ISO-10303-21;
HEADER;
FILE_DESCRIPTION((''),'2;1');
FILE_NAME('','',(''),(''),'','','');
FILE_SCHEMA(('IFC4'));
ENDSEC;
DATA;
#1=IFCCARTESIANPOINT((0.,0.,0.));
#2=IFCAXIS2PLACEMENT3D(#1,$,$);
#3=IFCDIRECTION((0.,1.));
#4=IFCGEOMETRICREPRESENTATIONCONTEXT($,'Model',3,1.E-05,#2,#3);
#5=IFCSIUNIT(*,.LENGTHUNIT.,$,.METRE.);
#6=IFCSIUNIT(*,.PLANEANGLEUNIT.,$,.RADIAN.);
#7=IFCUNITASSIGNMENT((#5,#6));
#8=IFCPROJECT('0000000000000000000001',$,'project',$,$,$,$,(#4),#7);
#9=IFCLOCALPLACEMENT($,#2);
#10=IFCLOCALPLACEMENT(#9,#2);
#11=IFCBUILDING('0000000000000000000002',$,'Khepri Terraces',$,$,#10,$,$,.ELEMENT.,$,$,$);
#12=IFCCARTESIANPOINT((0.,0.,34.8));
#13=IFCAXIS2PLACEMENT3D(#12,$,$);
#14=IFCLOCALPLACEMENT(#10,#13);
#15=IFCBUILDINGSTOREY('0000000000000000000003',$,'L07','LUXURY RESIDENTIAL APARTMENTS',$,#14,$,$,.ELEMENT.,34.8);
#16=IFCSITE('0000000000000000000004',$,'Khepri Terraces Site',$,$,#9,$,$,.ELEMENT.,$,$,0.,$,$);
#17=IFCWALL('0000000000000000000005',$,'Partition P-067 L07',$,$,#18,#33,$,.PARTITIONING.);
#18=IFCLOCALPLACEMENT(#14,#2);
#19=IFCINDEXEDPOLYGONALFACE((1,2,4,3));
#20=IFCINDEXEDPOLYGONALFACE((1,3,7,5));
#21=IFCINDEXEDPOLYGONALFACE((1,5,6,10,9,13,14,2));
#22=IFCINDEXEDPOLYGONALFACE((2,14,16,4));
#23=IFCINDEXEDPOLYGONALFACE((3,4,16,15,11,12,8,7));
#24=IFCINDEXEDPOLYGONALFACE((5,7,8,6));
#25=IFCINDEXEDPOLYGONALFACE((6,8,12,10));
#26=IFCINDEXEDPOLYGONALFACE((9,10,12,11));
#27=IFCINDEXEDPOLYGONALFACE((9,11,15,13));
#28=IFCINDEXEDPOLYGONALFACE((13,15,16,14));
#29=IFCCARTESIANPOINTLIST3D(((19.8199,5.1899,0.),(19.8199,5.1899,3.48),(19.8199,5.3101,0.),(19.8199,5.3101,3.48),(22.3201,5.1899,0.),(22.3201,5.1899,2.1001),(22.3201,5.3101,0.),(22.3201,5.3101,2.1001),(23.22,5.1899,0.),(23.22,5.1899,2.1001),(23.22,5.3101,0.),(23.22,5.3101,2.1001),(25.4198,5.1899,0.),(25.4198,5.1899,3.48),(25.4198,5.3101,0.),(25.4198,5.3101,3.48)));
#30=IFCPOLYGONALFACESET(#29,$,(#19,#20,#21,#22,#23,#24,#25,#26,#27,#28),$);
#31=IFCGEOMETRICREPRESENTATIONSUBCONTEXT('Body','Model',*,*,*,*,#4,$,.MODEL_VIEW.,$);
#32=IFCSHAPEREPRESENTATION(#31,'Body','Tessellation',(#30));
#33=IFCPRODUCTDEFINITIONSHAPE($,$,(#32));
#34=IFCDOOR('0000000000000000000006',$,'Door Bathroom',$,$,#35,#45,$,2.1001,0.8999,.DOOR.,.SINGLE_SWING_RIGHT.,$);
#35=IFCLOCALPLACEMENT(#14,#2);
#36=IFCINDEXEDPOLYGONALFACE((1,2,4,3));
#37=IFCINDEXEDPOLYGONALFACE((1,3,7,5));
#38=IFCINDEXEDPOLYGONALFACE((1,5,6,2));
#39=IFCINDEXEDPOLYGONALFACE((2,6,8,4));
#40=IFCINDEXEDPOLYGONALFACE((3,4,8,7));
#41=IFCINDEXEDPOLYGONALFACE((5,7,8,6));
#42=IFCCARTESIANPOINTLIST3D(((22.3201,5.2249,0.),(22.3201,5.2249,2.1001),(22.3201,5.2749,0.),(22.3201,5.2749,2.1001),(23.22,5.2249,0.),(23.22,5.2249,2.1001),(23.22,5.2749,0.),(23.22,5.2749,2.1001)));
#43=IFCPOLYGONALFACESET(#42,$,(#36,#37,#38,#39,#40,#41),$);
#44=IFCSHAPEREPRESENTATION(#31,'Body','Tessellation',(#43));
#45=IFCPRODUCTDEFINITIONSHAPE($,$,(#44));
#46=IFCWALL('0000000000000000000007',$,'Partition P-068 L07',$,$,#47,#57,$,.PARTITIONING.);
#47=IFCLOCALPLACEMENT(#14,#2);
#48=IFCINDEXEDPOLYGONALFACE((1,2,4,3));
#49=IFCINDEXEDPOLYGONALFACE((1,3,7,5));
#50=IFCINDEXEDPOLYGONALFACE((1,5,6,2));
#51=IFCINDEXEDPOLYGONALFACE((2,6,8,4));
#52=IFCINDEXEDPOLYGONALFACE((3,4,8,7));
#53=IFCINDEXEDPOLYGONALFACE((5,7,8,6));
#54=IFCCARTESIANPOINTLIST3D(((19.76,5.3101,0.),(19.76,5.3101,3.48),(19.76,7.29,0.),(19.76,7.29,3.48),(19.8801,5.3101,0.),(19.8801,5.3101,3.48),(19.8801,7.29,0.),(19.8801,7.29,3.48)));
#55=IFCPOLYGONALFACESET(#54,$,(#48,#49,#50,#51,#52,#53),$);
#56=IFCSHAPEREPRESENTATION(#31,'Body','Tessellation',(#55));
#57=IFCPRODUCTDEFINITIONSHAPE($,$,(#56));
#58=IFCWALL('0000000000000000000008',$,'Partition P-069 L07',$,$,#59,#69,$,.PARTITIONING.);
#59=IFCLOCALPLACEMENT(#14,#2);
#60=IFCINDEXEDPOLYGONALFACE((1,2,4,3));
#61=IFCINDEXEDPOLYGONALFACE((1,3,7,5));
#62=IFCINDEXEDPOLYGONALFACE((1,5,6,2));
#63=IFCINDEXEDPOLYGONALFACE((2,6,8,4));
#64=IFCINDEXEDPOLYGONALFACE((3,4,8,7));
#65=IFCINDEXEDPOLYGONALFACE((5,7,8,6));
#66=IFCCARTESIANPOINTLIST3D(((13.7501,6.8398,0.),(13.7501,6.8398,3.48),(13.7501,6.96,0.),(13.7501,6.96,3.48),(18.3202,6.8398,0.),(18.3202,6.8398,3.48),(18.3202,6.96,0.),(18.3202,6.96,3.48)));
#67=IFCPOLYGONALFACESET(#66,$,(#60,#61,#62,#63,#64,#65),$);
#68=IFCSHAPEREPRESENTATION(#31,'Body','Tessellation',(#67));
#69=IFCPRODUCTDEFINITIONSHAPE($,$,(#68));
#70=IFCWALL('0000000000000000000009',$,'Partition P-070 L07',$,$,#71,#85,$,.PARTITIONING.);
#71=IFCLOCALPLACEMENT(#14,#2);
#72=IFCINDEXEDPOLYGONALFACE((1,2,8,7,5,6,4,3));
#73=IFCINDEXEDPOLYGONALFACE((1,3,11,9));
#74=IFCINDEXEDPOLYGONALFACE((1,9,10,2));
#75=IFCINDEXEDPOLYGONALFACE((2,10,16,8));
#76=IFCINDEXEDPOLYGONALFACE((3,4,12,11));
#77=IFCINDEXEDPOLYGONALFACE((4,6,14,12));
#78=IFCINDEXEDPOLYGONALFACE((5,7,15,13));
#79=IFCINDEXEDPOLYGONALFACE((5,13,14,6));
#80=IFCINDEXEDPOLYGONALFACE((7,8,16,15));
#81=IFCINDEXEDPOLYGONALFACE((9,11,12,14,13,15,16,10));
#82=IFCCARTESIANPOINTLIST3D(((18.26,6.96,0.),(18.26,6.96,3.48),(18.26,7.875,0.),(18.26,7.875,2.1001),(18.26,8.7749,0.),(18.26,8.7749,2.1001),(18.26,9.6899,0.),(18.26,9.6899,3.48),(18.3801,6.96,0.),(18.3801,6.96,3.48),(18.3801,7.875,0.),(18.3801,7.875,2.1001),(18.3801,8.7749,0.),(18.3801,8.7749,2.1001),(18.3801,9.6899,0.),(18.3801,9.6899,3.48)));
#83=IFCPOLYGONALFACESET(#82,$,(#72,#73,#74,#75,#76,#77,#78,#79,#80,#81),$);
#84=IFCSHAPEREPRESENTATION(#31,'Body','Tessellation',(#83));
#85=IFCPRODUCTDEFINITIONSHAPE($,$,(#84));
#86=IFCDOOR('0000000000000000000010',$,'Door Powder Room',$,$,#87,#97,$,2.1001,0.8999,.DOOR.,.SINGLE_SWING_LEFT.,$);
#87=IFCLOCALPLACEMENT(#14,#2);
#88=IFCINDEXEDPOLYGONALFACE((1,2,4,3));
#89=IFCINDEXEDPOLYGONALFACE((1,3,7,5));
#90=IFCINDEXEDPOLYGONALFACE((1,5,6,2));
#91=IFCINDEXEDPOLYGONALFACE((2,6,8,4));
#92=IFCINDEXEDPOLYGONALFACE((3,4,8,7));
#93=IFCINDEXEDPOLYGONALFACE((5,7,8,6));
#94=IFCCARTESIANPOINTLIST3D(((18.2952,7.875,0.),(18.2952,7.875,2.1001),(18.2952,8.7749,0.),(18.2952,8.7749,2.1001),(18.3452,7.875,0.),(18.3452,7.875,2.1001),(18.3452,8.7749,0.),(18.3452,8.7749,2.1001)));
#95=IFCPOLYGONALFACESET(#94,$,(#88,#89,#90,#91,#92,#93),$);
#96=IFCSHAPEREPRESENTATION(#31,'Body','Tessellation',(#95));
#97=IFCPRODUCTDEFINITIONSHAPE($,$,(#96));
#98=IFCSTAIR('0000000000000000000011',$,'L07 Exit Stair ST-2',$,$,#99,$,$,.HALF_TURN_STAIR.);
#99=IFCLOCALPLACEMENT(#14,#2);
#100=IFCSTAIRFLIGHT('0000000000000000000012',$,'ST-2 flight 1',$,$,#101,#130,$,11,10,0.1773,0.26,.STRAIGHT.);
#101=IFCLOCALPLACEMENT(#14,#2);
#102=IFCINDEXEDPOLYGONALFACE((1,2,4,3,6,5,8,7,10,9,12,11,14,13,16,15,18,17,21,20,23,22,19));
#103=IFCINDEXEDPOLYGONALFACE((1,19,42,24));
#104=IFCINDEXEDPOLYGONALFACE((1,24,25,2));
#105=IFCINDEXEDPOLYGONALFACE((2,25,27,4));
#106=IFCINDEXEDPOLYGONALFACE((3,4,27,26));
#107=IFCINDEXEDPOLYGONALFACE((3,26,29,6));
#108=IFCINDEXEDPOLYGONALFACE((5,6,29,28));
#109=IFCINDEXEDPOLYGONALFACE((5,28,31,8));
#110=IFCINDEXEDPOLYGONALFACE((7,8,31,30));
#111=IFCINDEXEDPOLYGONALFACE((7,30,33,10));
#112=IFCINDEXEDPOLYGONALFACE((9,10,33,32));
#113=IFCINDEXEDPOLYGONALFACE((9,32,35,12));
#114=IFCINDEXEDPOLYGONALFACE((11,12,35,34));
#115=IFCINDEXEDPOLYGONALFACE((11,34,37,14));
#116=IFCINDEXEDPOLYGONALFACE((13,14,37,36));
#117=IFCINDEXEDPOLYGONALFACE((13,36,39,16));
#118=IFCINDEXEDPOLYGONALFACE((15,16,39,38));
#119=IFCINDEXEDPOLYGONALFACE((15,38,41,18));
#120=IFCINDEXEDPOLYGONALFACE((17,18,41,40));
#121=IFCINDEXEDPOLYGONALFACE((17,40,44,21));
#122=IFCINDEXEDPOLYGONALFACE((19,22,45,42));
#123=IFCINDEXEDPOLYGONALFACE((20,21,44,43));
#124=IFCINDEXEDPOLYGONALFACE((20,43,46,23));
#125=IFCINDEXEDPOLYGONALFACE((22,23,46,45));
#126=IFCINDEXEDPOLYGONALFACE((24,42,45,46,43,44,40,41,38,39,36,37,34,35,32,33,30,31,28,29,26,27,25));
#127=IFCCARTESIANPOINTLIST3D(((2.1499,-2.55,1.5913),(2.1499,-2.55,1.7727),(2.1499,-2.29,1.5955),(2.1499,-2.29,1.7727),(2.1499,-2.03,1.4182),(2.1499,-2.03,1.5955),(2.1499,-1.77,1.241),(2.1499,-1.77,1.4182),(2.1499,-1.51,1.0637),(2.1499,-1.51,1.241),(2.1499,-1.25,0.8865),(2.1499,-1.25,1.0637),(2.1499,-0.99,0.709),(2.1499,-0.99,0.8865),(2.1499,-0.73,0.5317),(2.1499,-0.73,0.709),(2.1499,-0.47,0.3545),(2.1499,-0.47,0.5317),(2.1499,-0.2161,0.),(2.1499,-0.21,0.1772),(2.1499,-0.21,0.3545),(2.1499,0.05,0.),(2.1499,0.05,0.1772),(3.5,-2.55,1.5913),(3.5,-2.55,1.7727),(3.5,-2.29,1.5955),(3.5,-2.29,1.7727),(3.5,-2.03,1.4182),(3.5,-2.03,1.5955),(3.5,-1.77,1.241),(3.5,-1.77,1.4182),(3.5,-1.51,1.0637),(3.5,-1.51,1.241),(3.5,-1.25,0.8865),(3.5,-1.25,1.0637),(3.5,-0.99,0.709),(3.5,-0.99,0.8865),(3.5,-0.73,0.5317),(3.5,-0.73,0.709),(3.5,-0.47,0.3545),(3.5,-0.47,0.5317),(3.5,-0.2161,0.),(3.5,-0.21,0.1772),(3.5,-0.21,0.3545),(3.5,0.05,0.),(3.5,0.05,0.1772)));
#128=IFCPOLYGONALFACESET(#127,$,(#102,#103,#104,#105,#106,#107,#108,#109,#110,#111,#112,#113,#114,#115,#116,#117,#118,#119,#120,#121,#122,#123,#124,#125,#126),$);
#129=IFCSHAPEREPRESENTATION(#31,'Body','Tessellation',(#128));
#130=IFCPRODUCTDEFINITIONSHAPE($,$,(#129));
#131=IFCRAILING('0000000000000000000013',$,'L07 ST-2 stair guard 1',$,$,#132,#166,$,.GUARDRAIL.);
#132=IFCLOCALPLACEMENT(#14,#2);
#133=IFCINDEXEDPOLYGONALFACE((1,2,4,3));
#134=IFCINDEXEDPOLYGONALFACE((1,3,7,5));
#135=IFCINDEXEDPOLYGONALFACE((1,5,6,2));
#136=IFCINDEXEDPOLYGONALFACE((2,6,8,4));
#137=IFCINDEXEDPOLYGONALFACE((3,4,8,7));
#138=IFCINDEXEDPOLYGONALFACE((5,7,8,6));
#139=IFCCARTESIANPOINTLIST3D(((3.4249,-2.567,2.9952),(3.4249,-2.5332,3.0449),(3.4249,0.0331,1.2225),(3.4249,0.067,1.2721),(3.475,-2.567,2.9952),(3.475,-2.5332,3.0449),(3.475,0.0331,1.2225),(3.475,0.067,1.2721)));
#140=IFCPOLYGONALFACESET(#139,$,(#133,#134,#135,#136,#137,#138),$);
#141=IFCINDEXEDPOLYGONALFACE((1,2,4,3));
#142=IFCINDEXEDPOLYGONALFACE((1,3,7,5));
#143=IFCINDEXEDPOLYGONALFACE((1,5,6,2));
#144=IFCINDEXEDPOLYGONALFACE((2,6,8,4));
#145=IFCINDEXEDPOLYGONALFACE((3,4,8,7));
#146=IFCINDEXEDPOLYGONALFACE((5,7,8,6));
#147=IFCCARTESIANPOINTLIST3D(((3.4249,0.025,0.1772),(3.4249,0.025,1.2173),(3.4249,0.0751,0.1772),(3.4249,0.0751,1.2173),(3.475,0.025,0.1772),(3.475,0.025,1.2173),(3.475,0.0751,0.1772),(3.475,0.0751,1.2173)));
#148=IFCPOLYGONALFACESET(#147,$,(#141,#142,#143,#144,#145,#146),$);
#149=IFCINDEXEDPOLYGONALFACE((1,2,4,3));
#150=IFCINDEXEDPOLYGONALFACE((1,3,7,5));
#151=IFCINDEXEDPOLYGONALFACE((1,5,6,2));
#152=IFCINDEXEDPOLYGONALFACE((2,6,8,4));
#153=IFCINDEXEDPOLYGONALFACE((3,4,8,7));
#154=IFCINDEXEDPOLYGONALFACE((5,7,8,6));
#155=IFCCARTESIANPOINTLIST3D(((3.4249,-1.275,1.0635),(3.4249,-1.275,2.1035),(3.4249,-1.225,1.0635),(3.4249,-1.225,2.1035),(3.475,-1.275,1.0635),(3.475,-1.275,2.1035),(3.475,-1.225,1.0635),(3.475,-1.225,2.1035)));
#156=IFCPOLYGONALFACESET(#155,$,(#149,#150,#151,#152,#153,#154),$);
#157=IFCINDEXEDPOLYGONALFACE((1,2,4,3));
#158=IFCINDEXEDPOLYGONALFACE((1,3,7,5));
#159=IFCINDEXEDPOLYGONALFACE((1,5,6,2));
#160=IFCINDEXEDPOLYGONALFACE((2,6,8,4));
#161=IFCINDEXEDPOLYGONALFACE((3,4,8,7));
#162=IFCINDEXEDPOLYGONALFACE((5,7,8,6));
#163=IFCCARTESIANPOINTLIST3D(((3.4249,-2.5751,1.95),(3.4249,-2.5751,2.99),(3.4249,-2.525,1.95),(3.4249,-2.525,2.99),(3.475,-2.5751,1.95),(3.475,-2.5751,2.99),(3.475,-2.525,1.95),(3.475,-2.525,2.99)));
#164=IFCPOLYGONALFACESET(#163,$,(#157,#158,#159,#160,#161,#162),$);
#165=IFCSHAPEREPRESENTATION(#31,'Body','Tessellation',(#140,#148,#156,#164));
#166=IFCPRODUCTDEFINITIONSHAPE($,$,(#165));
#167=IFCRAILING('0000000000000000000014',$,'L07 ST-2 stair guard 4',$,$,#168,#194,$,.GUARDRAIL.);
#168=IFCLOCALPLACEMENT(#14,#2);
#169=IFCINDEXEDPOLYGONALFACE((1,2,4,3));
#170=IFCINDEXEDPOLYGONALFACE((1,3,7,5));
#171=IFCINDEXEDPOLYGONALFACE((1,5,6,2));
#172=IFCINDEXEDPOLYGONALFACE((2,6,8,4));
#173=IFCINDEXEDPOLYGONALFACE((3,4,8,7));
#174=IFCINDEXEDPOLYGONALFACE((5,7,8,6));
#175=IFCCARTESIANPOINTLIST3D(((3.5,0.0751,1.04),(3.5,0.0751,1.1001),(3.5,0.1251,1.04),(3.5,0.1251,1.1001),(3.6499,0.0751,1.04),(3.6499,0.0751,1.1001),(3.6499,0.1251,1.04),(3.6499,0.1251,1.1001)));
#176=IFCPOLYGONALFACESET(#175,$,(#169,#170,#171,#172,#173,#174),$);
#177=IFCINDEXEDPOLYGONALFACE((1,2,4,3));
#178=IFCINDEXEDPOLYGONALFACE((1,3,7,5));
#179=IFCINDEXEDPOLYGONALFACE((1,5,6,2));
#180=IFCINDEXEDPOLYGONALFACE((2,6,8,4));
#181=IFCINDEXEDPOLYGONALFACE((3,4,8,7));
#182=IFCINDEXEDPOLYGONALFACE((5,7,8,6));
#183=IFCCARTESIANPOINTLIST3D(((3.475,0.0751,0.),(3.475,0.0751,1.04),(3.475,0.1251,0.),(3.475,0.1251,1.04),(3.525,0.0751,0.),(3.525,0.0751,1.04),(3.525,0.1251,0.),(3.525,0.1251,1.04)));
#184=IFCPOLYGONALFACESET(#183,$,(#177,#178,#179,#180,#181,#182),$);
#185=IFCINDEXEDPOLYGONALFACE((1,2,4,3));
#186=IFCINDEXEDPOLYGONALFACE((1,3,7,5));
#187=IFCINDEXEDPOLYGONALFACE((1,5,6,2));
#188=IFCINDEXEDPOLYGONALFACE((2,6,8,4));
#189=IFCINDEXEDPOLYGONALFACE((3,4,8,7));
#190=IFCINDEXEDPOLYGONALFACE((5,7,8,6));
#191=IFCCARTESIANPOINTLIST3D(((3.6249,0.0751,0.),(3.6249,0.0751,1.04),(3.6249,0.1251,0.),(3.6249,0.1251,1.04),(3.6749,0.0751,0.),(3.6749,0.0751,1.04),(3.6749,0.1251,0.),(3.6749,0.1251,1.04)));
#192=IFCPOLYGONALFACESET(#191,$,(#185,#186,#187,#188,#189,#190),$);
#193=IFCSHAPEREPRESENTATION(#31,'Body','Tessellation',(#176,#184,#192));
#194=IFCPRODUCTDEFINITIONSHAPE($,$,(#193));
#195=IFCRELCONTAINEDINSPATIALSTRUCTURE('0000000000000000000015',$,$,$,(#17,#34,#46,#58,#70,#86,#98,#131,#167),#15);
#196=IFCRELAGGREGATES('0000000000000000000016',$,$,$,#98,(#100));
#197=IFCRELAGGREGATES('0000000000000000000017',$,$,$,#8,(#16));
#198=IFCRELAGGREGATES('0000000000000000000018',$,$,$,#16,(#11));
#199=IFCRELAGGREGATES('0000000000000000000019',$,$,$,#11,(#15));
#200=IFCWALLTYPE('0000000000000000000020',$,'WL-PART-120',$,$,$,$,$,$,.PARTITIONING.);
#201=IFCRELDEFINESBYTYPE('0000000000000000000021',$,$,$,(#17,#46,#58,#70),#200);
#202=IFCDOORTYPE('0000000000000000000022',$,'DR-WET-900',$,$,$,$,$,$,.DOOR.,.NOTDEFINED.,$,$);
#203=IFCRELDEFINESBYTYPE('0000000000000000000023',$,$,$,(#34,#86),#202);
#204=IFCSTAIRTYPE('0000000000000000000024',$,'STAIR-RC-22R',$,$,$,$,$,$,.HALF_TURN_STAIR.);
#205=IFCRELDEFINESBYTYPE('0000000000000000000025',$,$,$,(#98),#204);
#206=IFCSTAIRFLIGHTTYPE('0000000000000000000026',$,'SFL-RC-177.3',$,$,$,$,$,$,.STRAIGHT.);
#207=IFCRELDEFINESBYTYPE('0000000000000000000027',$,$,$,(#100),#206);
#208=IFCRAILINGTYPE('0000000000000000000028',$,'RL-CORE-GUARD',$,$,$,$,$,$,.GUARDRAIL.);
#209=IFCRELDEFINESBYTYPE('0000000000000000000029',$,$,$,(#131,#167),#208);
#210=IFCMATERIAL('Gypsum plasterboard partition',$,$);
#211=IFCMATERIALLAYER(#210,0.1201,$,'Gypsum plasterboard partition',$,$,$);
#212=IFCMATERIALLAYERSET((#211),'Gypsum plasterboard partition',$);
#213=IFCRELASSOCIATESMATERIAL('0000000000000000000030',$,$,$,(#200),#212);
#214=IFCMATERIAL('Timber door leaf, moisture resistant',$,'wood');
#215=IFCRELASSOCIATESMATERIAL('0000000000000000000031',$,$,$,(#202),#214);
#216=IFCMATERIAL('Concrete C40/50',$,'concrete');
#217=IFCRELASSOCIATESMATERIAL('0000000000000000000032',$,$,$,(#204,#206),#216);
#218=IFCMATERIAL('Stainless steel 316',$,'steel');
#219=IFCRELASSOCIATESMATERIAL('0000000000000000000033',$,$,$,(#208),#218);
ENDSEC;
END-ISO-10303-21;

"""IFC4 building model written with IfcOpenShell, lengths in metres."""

from ifc_helpers import new_model, si_unit, direction, frame, frame_2d, origin, origin_2d, place, context, subcontext, project, spatial, polyline, rectangle, outline, extrude, material, layer, layer_set, type_object, element, fill, aggregate, save


model = new_model("IFC4")

# Units and contexts
model_context = context("Model", 3, precision=1e-05, world=origin(), true_north=direction((0.0, 1.0)))
body_context = subcontext(model_context, "Body", "Model", "MODEL_VIEW")
ifc_project = project(units=[si_unit("LENGTHUNIT", "METRE"), si_unit("PLANEANGLEUNIT", "RADIAN")], contexts=[model_context])

# Site, building, storey
site_placement = place(None, origin())
site = spatial("IfcSite", under=ifc_project, at=site_placement, Name="Khepri Terraces Site", CompositionType="ELEMENT", RefElevation=0.0)
building_placement = place(site_placement, origin())
building = spatial("IfcBuilding", under=site, at=building_placement, Name="Khepri Terraces", CompositionType="ELEMENT")
storey_placement = place(building_placement, frame((0.0, 0.0, 34.8)))
storey = spatial("IfcBuildingStorey", under=building, at=storey_placement, Name="L07", Description="LUXURY RESIDENTIAL APARTMENTS", CompositionType="ELEMENT", Elevation=34.8)

# Shared definitions
ifc_material_1 = material(Name="Gypsum plasterboard partition")
ifc_layer_1 = layer(ifc_material_1, 0.1201, Name="Gypsum plasterboard partition")
ifc_layer_set_1 = layer_set([ifc_layer_1], Name="Gypsum plasterboard partition")
wall_type_1 = type_object("IfcWallType", Name="WL-PART-120", PredefinedType="PARTITIONING", material=ifc_layer_set_1)

# Wall, opening, door
wall_1_placement = place(storey_placement, frame((19.8201, 5.25, 0.0), z_axis=(0.0, 0.0, 1.0), x_axis=(1.0, 0.0, 0.0)))
wall_1 = element("IfcWall", 1, at=wall_1_placement, inside=storey, type_object=wall_type_1, Name="Partition P-067 L07", PredefinedType="PARTITIONING", context=body_context, shape_type="SweptSolid", body=[
    extrude(rectangle(XDim=5.5999, YDim=0.1201, at=frame_2d((2.7998, 0.0))), origin(), (0.0, 0.0, 1.0), 3.48),
])
opening_1_placement = place(wall_1_placement, frame((2.5, 0.0, 0.0)))
opening_1 = element("IfcOpeningElement", 2, at=opening_1_placement, cuts=wall_1, PredefinedType="OPENING", context=body_context, shape_type="SweptSolid", body=[
    extrude(rectangle(XDim=0.8999, YDim=2.1001, at=frame_2d((0.45, 1.05))), frame((0.0, 0.0701, 0.0), z_axis=(0.0, -1.0, 0.0), x_axis=(1.0, 0.0, 0.0)), (0.0, 0.0, 1.0), 0.1401),
])
ifc_material_2 = material(Name="Timber door leaf, moisture resistant", Category="wood")
door_type_1 = type_object("IfcDoorType", Name="DR-WET-900", OperationType="NOTDEFINED", PredefinedType="DOOR", material=ifc_material_2)
door_1_placement = place(opening_1_placement, origin())
door_1 = element("IfcDoor", 3, at=door_1_placement, inside=storey, type_object=door_type_1, Name="Door Bathroom", OperationType="SINGLE_SWING_RIGHT", OverallHeight=2.1001, OverallWidth=0.8999, PredefinedType="DOOR", context=body_context, shape_type="SweptSolid", body=[
    extrude(rectangle(XDim=0.8999, YDim=2.1001, at=frame_2d((0.45, 1.05))), frame((0.0, 0.0249, 0.0), z_axis=(0.0, -1.0, 0.0), x_axis=(1.0, 0.0, 0.0)), (0.0, 0.0, 1.0), 0.05),
])
fill(opening_1, door_1)

# Walls
wall_2_placement = place(storey_placement, frame((19.8201, 5.3101, 0.0), z_axis=(0.0, 0.0, 1.0), x_axis=(0.0, 1.0, 0.0)))
element("IfcWall", 4, at=wall_2_placement, inside=storey, type_object=wall_type_1, Name="Partition P-068 L07", PredefinedType="PARTITIONING", context=body_context, shape_type="SweptSolid", body=[
    extrude(rectangle(XDim=1.98, YDim=0.1201, at=frame_2d((0.99, 0.0))), origin(), (0.0, 0.0, 1.0), 3.48),
])
wall_3_placement = place(storey_placement, frame((13.75, 6.8999, 0.0), z_axis=(0.0, 0.0, 1.0), x_axis=(1.0, 0.0, 0.0)))
element("IfcWall", 5, at=wall_3_placement, inside=storey, type_object=wall_type_1, Name="Partition P-069 L07", PredefinedType="PARTITIONING", context=body_context, shape_type="SweptSolid", body=[
    extrude(rectangle(XDim=4.5701, YDim=0.1201, at=frame_2d((2.2852, 0.0))), origin(), (0.0, 0.0, 1.0), 3.48),
])

# Wall, opening, door
wall_4_placement = place(storey_placement, frame((18.3201, 6.96, 0.0), z_axis=(0.0, 0.0, 1.0), x_axis=(0.0, 1.0, 0.0)))
wall_4 = element("IfcWall", 6, at=wall_4_placement, inside=storey, type_object=wall_type_1, Name="Partition P-070 L07", PredefinedType="PARTITIONING", context=body_context, shape_type="SweptSolid", body=[
    extrude(rectangle(XDim=2.73, YDim=0.1201, at=frame_2d((1.365, 0.0))), origin(), (0.0, 0.0, 1.0), 3.48),
])
opening_2_placement = place(wall_4_placement, frame((0.915, 0.0, 0.0)))
opening_2 = element("IfcOpeningElement", 7, at=opening_2_placement, cuts=wall_4, PredefinedType="OPENING", context=body_context, shape_type="SweptSolid", body=[
    extrude(rectangle(XDim=0.8999, YDim=2.1001, at=frame_2d((0.45, 1.05))), frame((0.0, 0.0701, 0.0), z_axis=(0.0, -1.0, 0.0), x_axis=(1.0, 0.0, 0.0)), (0.0, 0.0, 1.0), 0.1401),
])
door_2_placement = place(opening_2_placement, origin())
door_2 = element("IfcDoor", 8, at=door_2_placement, inside=storey, type_object=door_type_1, Name="Door Powder Room", OperationType="SINGLE_SWING_LEFT", OverallHeight=2.1001, OverallWidth=0.8999, PredefinedType="DOOR", context=body_context, shape_type="SweptSolid", body=[
    extrude(rectangle(XDim=0.8999, YDim=2.1001, at=frame_2d((0.45, 1.05))), frame((0.0, 0.0249, 0.0), z_axis=(0.0, -1.0, 0.0), x_axis=(1.0, 0.0, 0.0)), (0.0, 0.0, 1.0), 0.05),
])
fill(opening_2, door_2)

# Stair, stair flight
ifc_material_3 = material(Name="Concrete C40/50", Category="concrete")
stair_type = type_object("IfcStairType", Name="STAIR-RC-22R", PredefinedType="HALF_TURN_STAIR", material=ifc_material_3)
stair_placement = place(storey_placement, origin())
stair = element("IfcStair", 9, at=stair_placement, inside=storey, type_object=stair_type, Name="L07 Exit Stair ST-2", PredefinedType="HALF_TURN_STAIR")
stair_flight_type = type_object("IfcStairFlightType", Name="SFL-RC-177.3", PredefinedType="STRAIGHT", material=ifc_material_3)
stair_flight_placement = place(storey_placement, frame((2.825, 0.05, 0.0), z_axis=(0.0, 0.0, 1.0), x_axis=(0.0, -1.0, 0.0)))
stair_flight = element("IfcStairFlight", 10, at=stair_flight_placement, type_object=stair_flight_type, Name="ST-2 flight 1", NumberOfRisers=11, NumberOfTreads=10, PredefinedType="STRAIGHT", RiserHeight=0.1773, TreadLength=0.26, context=body_context, shape_type="SweptSolid", body=[
    extrude(outline(polyline([(0.0, 0.0), (0.0, 0.1772), (0.26, 0.1772), (0.26, 0.3545), (0.52, 0.3545), (0.52, 0.5317), (0.78, 0.5317), (0.78, 0.709), (1.04, 0.709), (1.04, 0.8865), (1.3, 0.8865), (1.3, 1.0637), (1.5601, 1.0637), (1.5601, 1.241), (1.8201, 1.241), (1.8201, 1.4182), (2.0801, 1.4182), (2.0801, 1.5955), (2.3401, 1.5955), (2.3401, 1.7727), (2.6001, 1.7727), (2.6001, 1.95), (2.6001, 1.5913), (0.2661, 0.0), (0.0, 0.0)])), frame((0.0, 0.675, 0.0), z_axis=(0.0, -1.0, 0.0), x_axis=(1.0, 0.0, 0.0)), (0.0, 0.0, 1.0), 1.3501),
])
aggregate(stair, [stair_flight])

# Railings
ifc_material_4 = material(Name="Stainless steel 316", Category="steel")
railing_type_1 = type_object("IfcRailingType", Name="RL-CORE-GUARD", PredefinedType="GUARDRAIL", material=ifc_material_4)
railing_1_placement = place(storey_placement, frame((3.45, 0.05, 0.1772)))
element("IfcRailing", 11, at=railing_1_placement, inside=storey, type_object=railing_type_1, Name="L07 ST-2 stair guard 1", PredefinedType="GUARDRAIL", context=body_context, shape_type="SweptSolid", body=[
    extrude(rectangle(XDim=0.05, YDim=0.0601, at=origin_2d()), frame((0.0, 0.0, 1.0701), z_axis=(0.0, -0.82624, 0.563318), x_axis=(1.0, 0.0, 0.0)), (0.0, 0.0, 1.0), 3.147),
    extrude(rectangle(XDim=0.05, YDim=0.05, at=origin_2d()), origin(), (0.0, 0.0, 1.0), 1.04),
    extrude(rectangle(XDim=0.05, YDim=0.05, at=origin_2d()), frame((0.0, -1.3, 0.8862)), (0.0, 0.0, 1.0), 1.04),
    extrude(rectangle(XDim=0.05, YDim=0.05, at=origin_2d()), frame((0.0, -2.6001, 1.7727)), (0.0, 0.0, 1.0), 1.04),
])
railing_2_placement = place(storey_placement, frame((3.5, 0.1001, 0.0)))
element("IfcRailing", 12, at=railing_2_placement, inside=storey, type_object=railing_type_1, Name="L07 ST-2 stair guard 4", PredefinedType="GUARDRAIL", context=body_context, shape_type="SweptSolid", body=[
    extrude(rectangle(XDim=0.05, YDim=0.0601, at=origin_2d()), frame((0.0, 0.0, 1.0701), z_axis=(1.0, 0.0, 0.0), x_axis=(0.0, 1.0, 0.0)), (0.0, 0.0, 1.0), 0.1499),
    extrude(rectangle(XDim=0.05, YDim=0.05, at=origin_2d()), origin(), (0.0, 0.0, 1.0), 1.04),
    extrude(rectangle(XDim=0.05, YDim=0.05, at=origin_2d()), frame((0.1499, 0.0, 0.0)), (0.0, 0.0, 1.0), 1.04),
])

save(model, "model.ifc")
